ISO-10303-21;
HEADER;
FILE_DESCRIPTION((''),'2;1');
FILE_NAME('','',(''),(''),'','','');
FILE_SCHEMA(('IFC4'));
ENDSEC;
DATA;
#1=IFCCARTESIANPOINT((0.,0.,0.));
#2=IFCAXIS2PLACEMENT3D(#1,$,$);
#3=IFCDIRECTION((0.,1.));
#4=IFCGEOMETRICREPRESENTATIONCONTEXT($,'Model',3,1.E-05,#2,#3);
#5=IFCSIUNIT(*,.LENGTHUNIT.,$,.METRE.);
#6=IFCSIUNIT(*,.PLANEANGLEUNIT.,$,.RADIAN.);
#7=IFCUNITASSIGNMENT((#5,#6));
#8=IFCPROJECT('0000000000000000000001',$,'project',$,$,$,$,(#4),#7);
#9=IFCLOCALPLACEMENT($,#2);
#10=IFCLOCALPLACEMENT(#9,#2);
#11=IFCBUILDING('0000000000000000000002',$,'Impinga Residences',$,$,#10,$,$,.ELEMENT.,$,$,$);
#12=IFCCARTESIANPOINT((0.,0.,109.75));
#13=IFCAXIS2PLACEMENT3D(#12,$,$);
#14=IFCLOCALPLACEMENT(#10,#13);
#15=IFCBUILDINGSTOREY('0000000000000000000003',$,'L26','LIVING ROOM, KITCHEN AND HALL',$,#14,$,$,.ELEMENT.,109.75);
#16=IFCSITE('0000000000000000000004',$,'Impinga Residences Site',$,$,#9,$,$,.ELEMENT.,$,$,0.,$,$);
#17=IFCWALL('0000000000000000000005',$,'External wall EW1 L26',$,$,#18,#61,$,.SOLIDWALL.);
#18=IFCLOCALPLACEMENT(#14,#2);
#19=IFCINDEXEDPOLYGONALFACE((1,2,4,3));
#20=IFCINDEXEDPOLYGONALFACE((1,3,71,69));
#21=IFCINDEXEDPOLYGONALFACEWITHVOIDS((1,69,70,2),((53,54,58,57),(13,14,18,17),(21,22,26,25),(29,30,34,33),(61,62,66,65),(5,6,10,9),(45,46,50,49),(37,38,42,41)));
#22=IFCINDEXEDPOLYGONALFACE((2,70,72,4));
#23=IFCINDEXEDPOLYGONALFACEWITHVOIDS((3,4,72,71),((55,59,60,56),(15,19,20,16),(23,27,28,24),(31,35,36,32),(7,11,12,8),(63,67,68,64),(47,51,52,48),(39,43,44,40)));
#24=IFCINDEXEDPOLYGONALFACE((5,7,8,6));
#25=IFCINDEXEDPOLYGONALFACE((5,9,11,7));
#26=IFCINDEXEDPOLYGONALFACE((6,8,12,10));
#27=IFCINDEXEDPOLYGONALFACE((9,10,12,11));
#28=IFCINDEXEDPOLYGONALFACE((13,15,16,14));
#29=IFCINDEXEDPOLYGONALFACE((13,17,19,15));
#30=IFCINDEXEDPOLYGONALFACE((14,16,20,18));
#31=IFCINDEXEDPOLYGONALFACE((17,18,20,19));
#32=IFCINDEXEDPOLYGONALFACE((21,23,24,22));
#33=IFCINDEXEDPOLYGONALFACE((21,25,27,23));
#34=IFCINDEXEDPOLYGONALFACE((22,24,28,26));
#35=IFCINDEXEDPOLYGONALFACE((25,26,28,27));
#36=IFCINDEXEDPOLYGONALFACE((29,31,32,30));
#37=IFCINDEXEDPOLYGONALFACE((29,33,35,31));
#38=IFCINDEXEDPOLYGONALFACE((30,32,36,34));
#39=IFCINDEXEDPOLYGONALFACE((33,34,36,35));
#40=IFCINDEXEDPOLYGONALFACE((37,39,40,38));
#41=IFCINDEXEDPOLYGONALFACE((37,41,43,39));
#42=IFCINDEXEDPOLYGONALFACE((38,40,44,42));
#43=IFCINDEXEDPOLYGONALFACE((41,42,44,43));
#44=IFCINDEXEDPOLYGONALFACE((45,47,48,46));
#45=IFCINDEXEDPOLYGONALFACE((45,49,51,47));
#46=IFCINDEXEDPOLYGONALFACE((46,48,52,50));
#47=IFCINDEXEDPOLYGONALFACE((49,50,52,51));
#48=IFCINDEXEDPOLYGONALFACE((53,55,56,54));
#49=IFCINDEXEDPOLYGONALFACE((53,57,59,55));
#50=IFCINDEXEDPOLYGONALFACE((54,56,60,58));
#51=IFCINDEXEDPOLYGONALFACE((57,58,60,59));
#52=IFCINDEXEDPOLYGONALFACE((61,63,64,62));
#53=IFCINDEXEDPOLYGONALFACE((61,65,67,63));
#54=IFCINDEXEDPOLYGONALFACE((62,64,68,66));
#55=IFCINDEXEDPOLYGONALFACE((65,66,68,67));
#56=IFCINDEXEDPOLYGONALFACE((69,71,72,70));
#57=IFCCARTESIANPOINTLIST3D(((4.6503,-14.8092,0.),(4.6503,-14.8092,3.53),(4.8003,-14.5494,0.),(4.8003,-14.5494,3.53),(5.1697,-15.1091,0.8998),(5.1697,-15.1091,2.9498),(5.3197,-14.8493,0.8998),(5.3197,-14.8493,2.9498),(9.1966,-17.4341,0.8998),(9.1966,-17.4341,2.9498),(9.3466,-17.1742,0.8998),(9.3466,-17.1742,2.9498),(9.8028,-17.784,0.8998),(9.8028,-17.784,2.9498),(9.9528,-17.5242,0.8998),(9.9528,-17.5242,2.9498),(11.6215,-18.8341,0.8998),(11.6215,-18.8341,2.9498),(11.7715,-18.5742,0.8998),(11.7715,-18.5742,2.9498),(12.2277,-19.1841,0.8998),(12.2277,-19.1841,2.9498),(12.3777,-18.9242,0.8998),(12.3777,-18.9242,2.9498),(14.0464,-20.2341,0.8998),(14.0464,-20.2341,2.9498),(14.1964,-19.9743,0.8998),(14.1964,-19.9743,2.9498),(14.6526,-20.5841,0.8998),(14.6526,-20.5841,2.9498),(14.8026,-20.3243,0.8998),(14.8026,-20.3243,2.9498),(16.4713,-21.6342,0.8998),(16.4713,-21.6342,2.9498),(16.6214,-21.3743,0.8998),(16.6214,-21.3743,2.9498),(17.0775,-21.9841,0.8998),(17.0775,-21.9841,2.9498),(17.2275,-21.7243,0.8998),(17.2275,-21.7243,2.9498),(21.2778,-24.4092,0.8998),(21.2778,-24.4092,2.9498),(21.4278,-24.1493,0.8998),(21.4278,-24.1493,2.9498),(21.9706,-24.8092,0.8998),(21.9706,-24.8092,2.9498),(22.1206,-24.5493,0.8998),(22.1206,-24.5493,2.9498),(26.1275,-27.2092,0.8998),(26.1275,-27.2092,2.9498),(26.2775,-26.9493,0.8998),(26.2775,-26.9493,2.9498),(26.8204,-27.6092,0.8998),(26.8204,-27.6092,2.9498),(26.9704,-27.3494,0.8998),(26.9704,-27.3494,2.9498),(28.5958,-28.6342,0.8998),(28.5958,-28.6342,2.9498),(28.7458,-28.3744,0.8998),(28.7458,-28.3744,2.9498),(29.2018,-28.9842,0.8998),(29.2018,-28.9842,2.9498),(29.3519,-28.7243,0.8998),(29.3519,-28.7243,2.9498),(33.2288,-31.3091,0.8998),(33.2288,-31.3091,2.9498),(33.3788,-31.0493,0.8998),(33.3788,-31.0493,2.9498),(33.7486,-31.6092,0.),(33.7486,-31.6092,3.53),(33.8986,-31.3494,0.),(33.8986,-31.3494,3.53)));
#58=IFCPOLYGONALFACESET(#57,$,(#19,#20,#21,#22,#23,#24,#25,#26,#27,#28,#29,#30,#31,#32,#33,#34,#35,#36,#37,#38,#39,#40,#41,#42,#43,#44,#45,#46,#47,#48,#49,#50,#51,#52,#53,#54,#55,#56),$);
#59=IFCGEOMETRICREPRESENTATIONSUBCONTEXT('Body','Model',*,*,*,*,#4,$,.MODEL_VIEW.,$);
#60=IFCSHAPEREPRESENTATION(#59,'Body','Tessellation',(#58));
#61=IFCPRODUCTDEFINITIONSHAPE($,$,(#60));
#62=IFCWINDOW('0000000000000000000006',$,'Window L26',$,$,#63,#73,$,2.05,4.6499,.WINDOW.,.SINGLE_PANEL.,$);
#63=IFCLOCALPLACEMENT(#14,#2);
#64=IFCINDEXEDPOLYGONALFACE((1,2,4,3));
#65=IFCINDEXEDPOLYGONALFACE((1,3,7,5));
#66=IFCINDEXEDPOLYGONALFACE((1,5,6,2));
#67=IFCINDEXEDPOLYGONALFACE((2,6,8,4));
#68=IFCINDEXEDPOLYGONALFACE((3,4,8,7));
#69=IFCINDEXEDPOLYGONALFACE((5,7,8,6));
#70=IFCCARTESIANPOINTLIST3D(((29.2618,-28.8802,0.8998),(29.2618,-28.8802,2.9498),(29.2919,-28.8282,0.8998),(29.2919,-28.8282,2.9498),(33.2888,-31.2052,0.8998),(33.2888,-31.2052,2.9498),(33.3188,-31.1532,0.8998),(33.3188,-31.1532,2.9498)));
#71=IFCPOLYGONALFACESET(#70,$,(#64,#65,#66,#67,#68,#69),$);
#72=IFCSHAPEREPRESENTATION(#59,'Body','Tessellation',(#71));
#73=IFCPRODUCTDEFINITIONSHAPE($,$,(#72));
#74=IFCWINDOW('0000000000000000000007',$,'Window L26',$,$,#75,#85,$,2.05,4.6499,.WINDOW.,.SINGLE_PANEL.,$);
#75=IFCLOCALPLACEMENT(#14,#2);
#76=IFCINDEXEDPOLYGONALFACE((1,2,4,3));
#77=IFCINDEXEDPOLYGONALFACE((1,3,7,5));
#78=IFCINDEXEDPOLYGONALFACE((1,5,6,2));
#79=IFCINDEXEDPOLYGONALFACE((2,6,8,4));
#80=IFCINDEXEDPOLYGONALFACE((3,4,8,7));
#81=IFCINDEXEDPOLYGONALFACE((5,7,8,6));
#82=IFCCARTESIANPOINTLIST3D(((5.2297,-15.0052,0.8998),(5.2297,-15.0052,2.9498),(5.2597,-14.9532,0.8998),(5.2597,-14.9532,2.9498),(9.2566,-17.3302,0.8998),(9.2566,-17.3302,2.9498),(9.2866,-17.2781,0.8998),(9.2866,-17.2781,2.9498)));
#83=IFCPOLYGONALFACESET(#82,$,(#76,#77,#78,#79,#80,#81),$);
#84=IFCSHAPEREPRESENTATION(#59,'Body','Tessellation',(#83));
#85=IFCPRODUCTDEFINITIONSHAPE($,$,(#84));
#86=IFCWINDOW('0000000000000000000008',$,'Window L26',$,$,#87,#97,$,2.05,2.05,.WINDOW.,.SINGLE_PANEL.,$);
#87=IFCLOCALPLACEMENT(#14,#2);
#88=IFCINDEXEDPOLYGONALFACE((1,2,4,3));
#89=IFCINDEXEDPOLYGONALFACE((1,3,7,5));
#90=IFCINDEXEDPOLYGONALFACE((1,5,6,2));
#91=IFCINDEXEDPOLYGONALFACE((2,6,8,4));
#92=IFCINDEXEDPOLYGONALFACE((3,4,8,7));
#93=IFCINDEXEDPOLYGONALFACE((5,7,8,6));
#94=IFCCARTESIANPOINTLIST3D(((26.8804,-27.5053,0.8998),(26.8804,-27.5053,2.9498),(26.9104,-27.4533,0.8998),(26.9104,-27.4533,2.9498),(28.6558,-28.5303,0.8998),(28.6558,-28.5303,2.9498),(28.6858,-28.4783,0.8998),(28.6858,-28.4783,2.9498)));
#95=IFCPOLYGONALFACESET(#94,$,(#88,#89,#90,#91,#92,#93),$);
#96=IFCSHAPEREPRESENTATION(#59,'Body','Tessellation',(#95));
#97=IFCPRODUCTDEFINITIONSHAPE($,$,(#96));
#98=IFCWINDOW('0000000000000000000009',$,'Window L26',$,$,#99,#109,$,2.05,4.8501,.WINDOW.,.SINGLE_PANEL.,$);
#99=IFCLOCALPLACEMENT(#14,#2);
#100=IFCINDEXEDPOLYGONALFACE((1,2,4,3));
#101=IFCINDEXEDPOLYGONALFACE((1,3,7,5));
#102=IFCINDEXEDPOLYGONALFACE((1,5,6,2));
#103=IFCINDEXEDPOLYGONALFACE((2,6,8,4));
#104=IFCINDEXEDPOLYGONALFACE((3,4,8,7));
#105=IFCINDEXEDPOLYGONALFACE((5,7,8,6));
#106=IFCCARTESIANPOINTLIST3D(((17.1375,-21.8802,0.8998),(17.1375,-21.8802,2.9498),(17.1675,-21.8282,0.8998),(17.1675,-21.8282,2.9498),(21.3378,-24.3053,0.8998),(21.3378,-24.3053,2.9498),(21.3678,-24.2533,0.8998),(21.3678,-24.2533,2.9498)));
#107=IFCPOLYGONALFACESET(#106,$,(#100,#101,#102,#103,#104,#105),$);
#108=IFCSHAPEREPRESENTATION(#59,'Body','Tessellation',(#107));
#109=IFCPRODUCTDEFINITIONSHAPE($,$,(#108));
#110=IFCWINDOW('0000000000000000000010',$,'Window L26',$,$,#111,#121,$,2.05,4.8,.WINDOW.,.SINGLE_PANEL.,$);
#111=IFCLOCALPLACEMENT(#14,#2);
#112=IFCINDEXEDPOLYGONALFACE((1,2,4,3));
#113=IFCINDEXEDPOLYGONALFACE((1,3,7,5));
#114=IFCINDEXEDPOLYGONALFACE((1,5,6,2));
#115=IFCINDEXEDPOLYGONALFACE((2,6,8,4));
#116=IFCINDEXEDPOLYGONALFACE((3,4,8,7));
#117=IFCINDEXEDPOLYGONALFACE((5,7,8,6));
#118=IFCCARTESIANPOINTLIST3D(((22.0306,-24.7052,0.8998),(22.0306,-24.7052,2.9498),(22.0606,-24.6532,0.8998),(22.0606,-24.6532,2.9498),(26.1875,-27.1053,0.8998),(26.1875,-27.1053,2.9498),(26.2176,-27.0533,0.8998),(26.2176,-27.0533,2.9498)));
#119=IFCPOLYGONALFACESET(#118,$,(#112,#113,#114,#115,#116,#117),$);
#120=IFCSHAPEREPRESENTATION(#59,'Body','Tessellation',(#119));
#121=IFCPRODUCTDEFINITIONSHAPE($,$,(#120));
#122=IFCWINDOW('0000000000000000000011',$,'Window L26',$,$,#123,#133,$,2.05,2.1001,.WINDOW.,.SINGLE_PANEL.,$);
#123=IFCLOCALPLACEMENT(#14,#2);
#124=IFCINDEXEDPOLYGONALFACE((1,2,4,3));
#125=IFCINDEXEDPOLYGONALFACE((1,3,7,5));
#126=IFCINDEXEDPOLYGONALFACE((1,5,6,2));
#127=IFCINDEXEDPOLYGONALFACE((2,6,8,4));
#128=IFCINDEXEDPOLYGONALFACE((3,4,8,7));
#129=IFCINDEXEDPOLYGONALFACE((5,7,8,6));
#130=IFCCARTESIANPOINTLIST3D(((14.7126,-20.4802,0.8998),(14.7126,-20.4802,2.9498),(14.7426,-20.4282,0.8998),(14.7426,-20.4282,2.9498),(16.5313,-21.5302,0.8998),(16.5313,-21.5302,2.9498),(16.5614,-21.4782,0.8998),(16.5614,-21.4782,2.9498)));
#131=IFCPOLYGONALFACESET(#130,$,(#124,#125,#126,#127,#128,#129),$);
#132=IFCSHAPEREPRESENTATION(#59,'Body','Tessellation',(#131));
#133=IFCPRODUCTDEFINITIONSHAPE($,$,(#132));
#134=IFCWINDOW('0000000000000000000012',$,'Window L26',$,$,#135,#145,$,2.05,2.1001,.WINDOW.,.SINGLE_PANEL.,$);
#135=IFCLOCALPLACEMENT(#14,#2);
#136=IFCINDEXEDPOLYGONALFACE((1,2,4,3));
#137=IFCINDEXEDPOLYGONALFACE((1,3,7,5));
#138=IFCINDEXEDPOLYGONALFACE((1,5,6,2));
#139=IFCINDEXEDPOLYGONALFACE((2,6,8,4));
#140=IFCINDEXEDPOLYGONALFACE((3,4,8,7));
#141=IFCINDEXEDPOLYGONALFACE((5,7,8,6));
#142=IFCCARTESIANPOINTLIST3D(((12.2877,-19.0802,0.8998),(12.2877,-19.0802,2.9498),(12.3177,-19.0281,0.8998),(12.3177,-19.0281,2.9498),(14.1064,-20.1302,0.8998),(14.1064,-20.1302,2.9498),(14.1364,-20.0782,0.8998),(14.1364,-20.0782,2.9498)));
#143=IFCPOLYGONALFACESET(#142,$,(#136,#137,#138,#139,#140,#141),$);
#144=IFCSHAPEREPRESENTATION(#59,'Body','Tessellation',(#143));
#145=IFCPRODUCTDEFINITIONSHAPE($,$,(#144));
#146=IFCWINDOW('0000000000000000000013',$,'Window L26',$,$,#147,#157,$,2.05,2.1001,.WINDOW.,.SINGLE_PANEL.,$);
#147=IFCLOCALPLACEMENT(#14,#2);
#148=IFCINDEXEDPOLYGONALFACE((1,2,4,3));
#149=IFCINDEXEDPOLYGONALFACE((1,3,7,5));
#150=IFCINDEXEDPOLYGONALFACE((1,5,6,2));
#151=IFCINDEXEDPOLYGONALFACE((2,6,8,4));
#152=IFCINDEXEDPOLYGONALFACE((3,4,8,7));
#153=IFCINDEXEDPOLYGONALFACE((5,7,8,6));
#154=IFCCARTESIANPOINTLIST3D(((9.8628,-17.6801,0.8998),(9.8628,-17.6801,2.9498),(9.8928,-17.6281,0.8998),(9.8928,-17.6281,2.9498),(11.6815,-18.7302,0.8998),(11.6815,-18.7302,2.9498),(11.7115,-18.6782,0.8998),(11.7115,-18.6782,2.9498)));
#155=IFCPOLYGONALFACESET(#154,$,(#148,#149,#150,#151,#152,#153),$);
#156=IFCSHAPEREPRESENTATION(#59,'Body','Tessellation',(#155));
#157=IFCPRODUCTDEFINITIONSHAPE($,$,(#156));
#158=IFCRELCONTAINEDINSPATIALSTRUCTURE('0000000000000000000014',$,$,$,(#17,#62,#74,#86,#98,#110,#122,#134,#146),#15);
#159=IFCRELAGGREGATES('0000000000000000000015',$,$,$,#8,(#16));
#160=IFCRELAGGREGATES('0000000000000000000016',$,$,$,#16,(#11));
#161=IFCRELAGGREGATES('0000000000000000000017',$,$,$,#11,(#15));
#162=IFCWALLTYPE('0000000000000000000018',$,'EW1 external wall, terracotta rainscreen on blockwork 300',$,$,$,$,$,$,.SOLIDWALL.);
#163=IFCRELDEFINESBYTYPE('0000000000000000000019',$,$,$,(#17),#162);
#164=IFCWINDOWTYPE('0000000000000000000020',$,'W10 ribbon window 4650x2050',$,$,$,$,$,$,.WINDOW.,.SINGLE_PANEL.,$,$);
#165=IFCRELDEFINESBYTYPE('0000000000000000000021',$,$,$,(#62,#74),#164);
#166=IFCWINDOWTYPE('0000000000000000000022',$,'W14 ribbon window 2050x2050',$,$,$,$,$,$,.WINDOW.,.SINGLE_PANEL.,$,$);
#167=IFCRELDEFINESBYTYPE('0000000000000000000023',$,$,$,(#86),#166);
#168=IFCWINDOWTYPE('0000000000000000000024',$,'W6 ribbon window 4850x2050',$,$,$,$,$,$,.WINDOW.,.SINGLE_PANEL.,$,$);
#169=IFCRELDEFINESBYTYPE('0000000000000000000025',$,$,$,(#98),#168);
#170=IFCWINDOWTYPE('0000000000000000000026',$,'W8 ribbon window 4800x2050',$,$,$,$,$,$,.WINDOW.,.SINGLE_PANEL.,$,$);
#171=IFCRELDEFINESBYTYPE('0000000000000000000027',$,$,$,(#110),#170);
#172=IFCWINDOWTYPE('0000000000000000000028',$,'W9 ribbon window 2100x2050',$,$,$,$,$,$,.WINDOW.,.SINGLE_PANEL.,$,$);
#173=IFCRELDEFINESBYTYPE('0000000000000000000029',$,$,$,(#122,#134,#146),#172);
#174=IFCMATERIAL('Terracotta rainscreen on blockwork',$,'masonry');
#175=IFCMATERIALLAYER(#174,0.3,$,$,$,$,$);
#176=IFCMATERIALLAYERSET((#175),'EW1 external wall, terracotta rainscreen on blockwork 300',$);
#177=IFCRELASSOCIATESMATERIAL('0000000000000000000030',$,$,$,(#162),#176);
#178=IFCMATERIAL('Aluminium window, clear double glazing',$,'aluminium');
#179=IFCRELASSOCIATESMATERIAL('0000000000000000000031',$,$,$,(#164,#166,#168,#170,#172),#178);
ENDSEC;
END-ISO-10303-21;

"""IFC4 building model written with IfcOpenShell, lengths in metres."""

from ifc_helpers import new_model, si_unit, direction, frame, frame_2d, origin, place, context, subcontext, project, spatial, rectangle, extrude, material, layer, layer_set, type_object, element, fill, save


model = new_model("IFC4")

# Units and contexts
model_context = context("Model", 3, precision=1e-05, world=origin(), true_north=direction((0.0, 1.0)))
body_context = subcontext(model_context, "Body", "Model", "MODEL_VIEW")
ifc_project = project(units=[si_unit("LENGTHUNIT", "METRE"), si_unit("PLANEANGLEUNIT", "RADIAN")], contexts=[model_context])

# Site, building, storey
site_placement = place(None, origin())
site = spatial("IfcSite", under=ifc_project, at=site_placement, Name="Impinga Residences Site", CompositionType="ELEMENT", RefElevation=0.0)
building_placement = place(site_placement, origin())
building = spatial("IfcBuilding", under=site, at=building_placement, Name="Impinga Residences", CompositionType="ELEMENT")
storey_placement = place(building_placement, frame((0.0, 0.0, 109.75)))
storey = spatial("IfcBuildingStorey", under=building, at=storey_placement, Name="L26", Description="LIVING ROOM, KITCHEN AND HALL", CompositionType="ELEMENT", Elevation=109.75)

# Wall, openings, windows
ifc_material_1 = material(Name="Terracotta rainscreen on blockwork", Category="masonry")
ifc_layer_1 = layer(ifc_material_1, 0.3)
ifc_layer_set_1 = layer_set([ifc_layer_1], Name="EW1 external wall, terracotta rainscreen on blockwork 300")
wall_type_1 = type_object("IfcWallType", Name="EW1 external wall, terracotta rainscreen on blockwork 300", PredefinedType="SOLIDWALL", material=ifc_layer_set_1)
wall_1_placement = place(storey_placement, frame((33.8235, -31.4792, 0.0), z_axis=(0.0, 0.0, 1.0), x_axis=(-0.866024, 0.500002, 0.0)))
wall_1 = element("IfcWall", 1, at=wall_1_placement, inside=storey, type_object=wall_type_1, Name="External wall EW1 L26", PredefinedType="SOLIDWALL", context=body_context, shape_type="SweptSolid", body=[
    extrude(rectangle(XDim=33.5999, YDim=0.3, at=frame_2d((16.7998, 0.0))), origin(), (0.0, 0.0, 1.0), 3.53),
])
opening_1_placement = place(wall_1_placement, frame((0.6001, 0.0, 0.8999)))
opening_1 = element("IfcOpeningElement", 2, at=opening_1_placement, cuts=wall_1, PredefinedType="OPENING", context=body_context, shape_type="SweptSolid", body=[
    extrude(rectangle(XDim=4.6499, YDim=2.05, at=frame_2d((2.325, 1.0249))), frame((0.0, 0.1599, 0.0), z_axis=(0.0, -1.0, 0.0), x_axis=(1.0, 0.0, 0.0)), (0.0, 0.0, 1.0), 0.3201),
])
opening_2_placement = place(wall_1_placement, frame((5.95, 0.0, 0.8999)))
opening_2 = element("IfcOpeningElement", 3, at=opening_2_placement, cuts=wall_1, PredefinedType="OPENING", context=body_context, shape_type="SweptSolid", body=[
    extrude(rectangle(XDim=2.05, YDim=2.05, at=frame_2d((1.0249, 1.0249))), frame((0.0, 0.1599, 0.0), z_axis=(0.0, -1.0, 0.0), x_axis=(1.0, 0.0, 0.0)), (0.0, 0.0, 1.0), 0.3201),
])
opening_3_placement = place(wall_1_placement, frame((8.8, 0.0, 0.8999)))
opening_3 = element("IfcOpeningElement", 4, at=opening_3_placement, cuts=wall_1, PredefinedType="OPENING", context=body_context, shape_type="SweptSolid", body=[
    extrude(rectangle(XDim=4.8, YDim=2.05, at=frame_2d((2.3999, 1.0249))), frame((0.0, 0.1599, 0.0), z_axis=(0.0, -1.0, 0.0), x_axis=(1.0, 0.0, 0.0)), (0.0, 0.0, 1.0), 0.3201),
])
opening_4_placement = place(wall_1_placement, frame((14.3999, 0.0, 0.8999)))
opening_4 = element("IfcOpeningElement", 5, at=opening_4_placement, cuts=wall_1, PredefinedType="OPENING", context=body_context, shape_type="SweptSolid", body=[
    extrude(rectangle(XDim=4.8501, YDim=2.05, at=frame_2d((2.425, 1.0249))), frame((0.0, 0.1599, 0.0), z_axis=(0.0, -1.0, 0.0), x_axis=(1.0, 0.0, 0.0)), (0.0, 0.0, 1.0), 0.3201),
])
opening_5_placement = place(wall_1_placement, frame((19.95, 0.0, 0.8999)))
opening_5 = element("IfcOpeningElement", 6, at=opening_5_placement, cuts=wall_1, PredefinedType="OPENING", context=body_context, shape_type="SweptSolid", body=[
    extrude(rectangle(XDim=2.1001, YDim=2.05, at=frame_2d((1.05, 1.0249))), frame((0.0, 0.1599, 0.0), z_axis=(0.0, -1.0, 0.0), x_axis=(1.0, 0.0, 0.0)), (0.0, 0.0, 1.0), 0.3201),
])
opening_6_placement = place(wall_1_placement, frame((22.75, 0.0, 0.8999)))
opening_6 = element("IfcOpeningElement", 7, at=opening_6_placement, cuts=wall_1, PredefinedType="OPENING", context=body_context, shape_type="SweptSolid", body=[
    extrude(rectangle(XDim=2.1001, YDim=2.05, at=frame_2d((1.05, 1.0249))), frame((0.0, 0.1599, 0.0), z_axis=(0.0, -1.0, 0.0), x_axis=(1.0, 0.0, 0.0)), (0.0, 0.0, 1.0), 0.3201),
])
opening_7_placement = place(wall_1_placement, frame((25.55, 0.0, 0.8999)))
opening_7 = element("IfcOpeningElement", 8, at=opening_7_placement, cuts=wall_1, PredefinedType="OPENING", context=body_context, shape_type="SweptSolid", body=[
    extrude(rectangle(XDim=2.1001, YDim=2.05, at=frame_2d((1.05, 1.0249))), frame((0.0, 0.1599, 0.0), z_axis=(0.0, -1.0, 0.0), x_axis=(1.0, 0.0, 0.0)), (0.0, 0.0, 1.0), 0.3201),
])
opening_8_placement = place(wall_1_placement, frame((28.3501, 0.0, 0.8999)))
opening_8 = element("IfcOpeningElement", 9, at=opening_8_placement, cuts=wall_1, PredefinedType="OPENING", context=body_context, shape_type="SweptSolid", body=[
    extrude(rectangle(XDim=4.6499, YDim=2.05, at=frame_2d((2.325, 1.0249))), frame((0.0, 0.1599, 0.0), z_axis=(0.0, -1.0, 0.0), x_axis=(1.0, 0.0, 0.0)), (0.0, 0.0, 1.0), 0.3201),
])
ifc_material_2 = material(Name="Aluminium window, clear double glazing", Category="aluminium")
window_type_1 = type_object("IfcWindowType", Name="W10 ribbon window 4650x2050", PartitioningType="SINGLE_PANEL", PredefinedType="WINDOW", material=ifc_material_2)
window_1_placement = place(opening_1_placement, origin())
window_1 = element("IfcWindow", 10, at=window_1_placement, inside=storey, type_object=window_type_1, Name="Window L26", OverallHeight=2.05, OverallWidth=4.6499, PartitioningType="SINGLE_PANEL", PredefinedType="WINDOW", context=body_context, shape_type="SweptSolid", body=[
    extrude(rectangle(XDim=4.6499, YDim=2.05, at=frame_2d((2.325, 1.0249))), frame((0.0, 0.03, 0.0), z_axis=(0.0, -1.0, 0.0), x_axis=(1.0, 0.0, 0.0)), (0.0, 0.0, 1.0), 0.0601),
])
fill(opening_1, window_1)
window_2_placement = place(opening_8_placement, origin())
window_2 = element("IfcWindow", 11, at=window_2_placement, inside=storey, type_object=window_type_1, Name="Window L26", OverallHeight=2.05, OverallWidth=4.6499, PartitioningType="SINGLE_PANEL", PredefinedType="WINDOW", context=body_context, shape_type="SweptSolid", body=[
    extrude(rectangle(XDim=4.6499, YDim=2.05, at=frame_2d((2.325, 1.0249))), frame((0.0, 0.03, 0.0), z_axis=(0.0, -1.0, 0.0), x_axis=(1.0, 0.0, 0.0)), (0.0, 0.0, 1.0), 0.0601),
])
fill(opening_8, window_2)
window_type_2 = type_object("IfcWindowType", Name="W14 ribbon window 2050x2050", PartitioningType="SINGLE_PANEL", PredefinedType="WINDOW", material=ifc_material_2)
window_3_placement = place(opening_2_placement, origin())
window_3 = element("IfcWindow", 12, at=window_3_placement, inside=storey, type_object=window_type_2, Name="Window L26", OverallHeight=2.05, OverallWidth=2.05, PartitioningType="SINGLE_PANEL", PredefinedType="WINDOW", context=body_context, shape_type="SweptSolid", body=[
    extrude(rectangle(XDim=2.05, YDim=2.05, at=frame_2d((1.0249, 1.0249))), frame((0.0, 0.03, 0.0), z_axis=(0.0, -1.0, 0.0), x_axis=(1.0, 0.0, 0.0)), (0.0, 0.0, 1.0), 0.0601),
])
fill(opening_2, window_3)
window_type_3 = type_object("IfcWindowType", Name="W6 ribbon window 4850x2050", PartitioningType="SINGLE_PANEL", PredefinedType="WINDOW", material=ifc_material_2)
window_4_placement = place(opening_4_placement, origin())
window_4 = element("IfcWindow", 13, at=window_4_placement, inside=storey, type_object=window_type_3, Name="Window L26", OverallHeight=2.05, OverallWidth=4.8501, PartitioningType="SINGLE_PANEL", PredefinedType="WINDOW", context=body_context, shape_type="SweptSolid", body=[
    extrude(rectangle(XDim=4.8501, YDim=2.05, at=frame_2d((2.425, 1.0249))), frame((0.0, 0.03, 0.0), z_axis=(0.0, -1.0, 0.0), x_axis=(1.0, 0.0, 0.0)), (0.0, 0.0, 1.0), 0.0601),
])
fill(opening_4, window_4)
window_type_4 = type_object("IfcWindowType", Name="W8 ribbon window 4800x2050", PartitioningType="SINGLE_PANEL", PredefinedType="WINDOW", material=ifc_material_2)
window_5_placement = place(opening_3_placement, origin())
window_5 = element("IfcWindow", 14, at=window_5_placement, inside=storey, type_object=window_type_4, Name="Window L26", OverallHeight=2.05, OverallWidth=4.8, PartitioningType="SINGLE_PANEL", PredefinedType="WINDOW", context=body_context, shape_type="SweptSolid", body=[
    extrude(rectangle(XDim=4.8, YDim=2.05, at=frame_2d((2.3999, 1.0249))), frame((0.0, 0.03, 0.0), z_axis=(0.0, -1.0, 0.0), x_axis=(1.0, 0.0, 0.0)), (0.0, 0.0, 1.0), 0.0601),
])
fill(opening_3, window_5)
window_type_5 = type_object("IfcWindowType", Name="W9 ribbon window 2100x2050", PartitioningType="SINGLE_PANEL", PredefinedType="WINDOW", material=ifc_material_2)
window_6_placement = place(opening_5_placement, origin())
window_6 = element("IfcWindow", 15, at=window_6_placement, inside=storey, type_object=window_type_5, Name="Window L26", OverallHeight=2.05, OverallWidth=2.1001, PartitioningType="SINGLE_PANEL", PredefinedType="WINDOW", context=body_context, shape_type="SweptSolid", body=[
    extrude(rectangle(XDim=2.1001, YDim=2.05, at=frame_2d((1.05, 1.0249))), frame((0.0, 0.03, 0.0), z_axis=(0.0, -1.0, 0.0), x_axis=(1.0, 0.0, 0.0)), (0.0, 0.0, 1.0), 0.0601),
])
fill(opening_5, window_6)
window_7_placement = place(opening_6_placement, origin())
window_7 = element("IfcWindow", 16, at=window_7_placement, inside=storey, type_object=window_type_5, Name="Window L26", OverallHeight=2.05, OverallWidth=2.1001, PartitioningType="SINGLE_PANEL", PredefinedType="WINDOW", context=body_context, shape_type="SweptSolid", body=[
    extrude(rectangle(XDim=2.1001, YDim=2.05, at=frame_2d((1.05, 1.0249))), frame((0.0, 0.03, 0.0), z_axis=(0.0, -1.0, 0.0), x_axis=(1.0, 0.0, 0.0)), (0.0, 0.0, 1.0), 0.0601),
])
fill(opening_6, window_7)
window_8_placement = place(opening_7_placement, origin())
window_8 = element("IfcWindow", 17, at=window_8_placement, inside=storey, type_object=window_type_5, Name="Window L26", OverallHeight=2.05, OverallWidth=2.1001, PartitioningType="SINGLE_PANEL", PredefinedType="WINDOW", context=body_context, shape_type="SweptSolid", body=[
    extrude(rectangle(XDim=2.1001, YDim=2.05, at=frame_2d((1.05, 1.0249))), frame((0.0, 0.03, 0.0), z_axis=(0.0, -1.0, 0.0), x_axis=(1.0, 0.0, 0.0)), (0.0, 0.0, 1.0), 0.0601),
])
fill(opening_7, window_8)

save(model, "model.ifc")
